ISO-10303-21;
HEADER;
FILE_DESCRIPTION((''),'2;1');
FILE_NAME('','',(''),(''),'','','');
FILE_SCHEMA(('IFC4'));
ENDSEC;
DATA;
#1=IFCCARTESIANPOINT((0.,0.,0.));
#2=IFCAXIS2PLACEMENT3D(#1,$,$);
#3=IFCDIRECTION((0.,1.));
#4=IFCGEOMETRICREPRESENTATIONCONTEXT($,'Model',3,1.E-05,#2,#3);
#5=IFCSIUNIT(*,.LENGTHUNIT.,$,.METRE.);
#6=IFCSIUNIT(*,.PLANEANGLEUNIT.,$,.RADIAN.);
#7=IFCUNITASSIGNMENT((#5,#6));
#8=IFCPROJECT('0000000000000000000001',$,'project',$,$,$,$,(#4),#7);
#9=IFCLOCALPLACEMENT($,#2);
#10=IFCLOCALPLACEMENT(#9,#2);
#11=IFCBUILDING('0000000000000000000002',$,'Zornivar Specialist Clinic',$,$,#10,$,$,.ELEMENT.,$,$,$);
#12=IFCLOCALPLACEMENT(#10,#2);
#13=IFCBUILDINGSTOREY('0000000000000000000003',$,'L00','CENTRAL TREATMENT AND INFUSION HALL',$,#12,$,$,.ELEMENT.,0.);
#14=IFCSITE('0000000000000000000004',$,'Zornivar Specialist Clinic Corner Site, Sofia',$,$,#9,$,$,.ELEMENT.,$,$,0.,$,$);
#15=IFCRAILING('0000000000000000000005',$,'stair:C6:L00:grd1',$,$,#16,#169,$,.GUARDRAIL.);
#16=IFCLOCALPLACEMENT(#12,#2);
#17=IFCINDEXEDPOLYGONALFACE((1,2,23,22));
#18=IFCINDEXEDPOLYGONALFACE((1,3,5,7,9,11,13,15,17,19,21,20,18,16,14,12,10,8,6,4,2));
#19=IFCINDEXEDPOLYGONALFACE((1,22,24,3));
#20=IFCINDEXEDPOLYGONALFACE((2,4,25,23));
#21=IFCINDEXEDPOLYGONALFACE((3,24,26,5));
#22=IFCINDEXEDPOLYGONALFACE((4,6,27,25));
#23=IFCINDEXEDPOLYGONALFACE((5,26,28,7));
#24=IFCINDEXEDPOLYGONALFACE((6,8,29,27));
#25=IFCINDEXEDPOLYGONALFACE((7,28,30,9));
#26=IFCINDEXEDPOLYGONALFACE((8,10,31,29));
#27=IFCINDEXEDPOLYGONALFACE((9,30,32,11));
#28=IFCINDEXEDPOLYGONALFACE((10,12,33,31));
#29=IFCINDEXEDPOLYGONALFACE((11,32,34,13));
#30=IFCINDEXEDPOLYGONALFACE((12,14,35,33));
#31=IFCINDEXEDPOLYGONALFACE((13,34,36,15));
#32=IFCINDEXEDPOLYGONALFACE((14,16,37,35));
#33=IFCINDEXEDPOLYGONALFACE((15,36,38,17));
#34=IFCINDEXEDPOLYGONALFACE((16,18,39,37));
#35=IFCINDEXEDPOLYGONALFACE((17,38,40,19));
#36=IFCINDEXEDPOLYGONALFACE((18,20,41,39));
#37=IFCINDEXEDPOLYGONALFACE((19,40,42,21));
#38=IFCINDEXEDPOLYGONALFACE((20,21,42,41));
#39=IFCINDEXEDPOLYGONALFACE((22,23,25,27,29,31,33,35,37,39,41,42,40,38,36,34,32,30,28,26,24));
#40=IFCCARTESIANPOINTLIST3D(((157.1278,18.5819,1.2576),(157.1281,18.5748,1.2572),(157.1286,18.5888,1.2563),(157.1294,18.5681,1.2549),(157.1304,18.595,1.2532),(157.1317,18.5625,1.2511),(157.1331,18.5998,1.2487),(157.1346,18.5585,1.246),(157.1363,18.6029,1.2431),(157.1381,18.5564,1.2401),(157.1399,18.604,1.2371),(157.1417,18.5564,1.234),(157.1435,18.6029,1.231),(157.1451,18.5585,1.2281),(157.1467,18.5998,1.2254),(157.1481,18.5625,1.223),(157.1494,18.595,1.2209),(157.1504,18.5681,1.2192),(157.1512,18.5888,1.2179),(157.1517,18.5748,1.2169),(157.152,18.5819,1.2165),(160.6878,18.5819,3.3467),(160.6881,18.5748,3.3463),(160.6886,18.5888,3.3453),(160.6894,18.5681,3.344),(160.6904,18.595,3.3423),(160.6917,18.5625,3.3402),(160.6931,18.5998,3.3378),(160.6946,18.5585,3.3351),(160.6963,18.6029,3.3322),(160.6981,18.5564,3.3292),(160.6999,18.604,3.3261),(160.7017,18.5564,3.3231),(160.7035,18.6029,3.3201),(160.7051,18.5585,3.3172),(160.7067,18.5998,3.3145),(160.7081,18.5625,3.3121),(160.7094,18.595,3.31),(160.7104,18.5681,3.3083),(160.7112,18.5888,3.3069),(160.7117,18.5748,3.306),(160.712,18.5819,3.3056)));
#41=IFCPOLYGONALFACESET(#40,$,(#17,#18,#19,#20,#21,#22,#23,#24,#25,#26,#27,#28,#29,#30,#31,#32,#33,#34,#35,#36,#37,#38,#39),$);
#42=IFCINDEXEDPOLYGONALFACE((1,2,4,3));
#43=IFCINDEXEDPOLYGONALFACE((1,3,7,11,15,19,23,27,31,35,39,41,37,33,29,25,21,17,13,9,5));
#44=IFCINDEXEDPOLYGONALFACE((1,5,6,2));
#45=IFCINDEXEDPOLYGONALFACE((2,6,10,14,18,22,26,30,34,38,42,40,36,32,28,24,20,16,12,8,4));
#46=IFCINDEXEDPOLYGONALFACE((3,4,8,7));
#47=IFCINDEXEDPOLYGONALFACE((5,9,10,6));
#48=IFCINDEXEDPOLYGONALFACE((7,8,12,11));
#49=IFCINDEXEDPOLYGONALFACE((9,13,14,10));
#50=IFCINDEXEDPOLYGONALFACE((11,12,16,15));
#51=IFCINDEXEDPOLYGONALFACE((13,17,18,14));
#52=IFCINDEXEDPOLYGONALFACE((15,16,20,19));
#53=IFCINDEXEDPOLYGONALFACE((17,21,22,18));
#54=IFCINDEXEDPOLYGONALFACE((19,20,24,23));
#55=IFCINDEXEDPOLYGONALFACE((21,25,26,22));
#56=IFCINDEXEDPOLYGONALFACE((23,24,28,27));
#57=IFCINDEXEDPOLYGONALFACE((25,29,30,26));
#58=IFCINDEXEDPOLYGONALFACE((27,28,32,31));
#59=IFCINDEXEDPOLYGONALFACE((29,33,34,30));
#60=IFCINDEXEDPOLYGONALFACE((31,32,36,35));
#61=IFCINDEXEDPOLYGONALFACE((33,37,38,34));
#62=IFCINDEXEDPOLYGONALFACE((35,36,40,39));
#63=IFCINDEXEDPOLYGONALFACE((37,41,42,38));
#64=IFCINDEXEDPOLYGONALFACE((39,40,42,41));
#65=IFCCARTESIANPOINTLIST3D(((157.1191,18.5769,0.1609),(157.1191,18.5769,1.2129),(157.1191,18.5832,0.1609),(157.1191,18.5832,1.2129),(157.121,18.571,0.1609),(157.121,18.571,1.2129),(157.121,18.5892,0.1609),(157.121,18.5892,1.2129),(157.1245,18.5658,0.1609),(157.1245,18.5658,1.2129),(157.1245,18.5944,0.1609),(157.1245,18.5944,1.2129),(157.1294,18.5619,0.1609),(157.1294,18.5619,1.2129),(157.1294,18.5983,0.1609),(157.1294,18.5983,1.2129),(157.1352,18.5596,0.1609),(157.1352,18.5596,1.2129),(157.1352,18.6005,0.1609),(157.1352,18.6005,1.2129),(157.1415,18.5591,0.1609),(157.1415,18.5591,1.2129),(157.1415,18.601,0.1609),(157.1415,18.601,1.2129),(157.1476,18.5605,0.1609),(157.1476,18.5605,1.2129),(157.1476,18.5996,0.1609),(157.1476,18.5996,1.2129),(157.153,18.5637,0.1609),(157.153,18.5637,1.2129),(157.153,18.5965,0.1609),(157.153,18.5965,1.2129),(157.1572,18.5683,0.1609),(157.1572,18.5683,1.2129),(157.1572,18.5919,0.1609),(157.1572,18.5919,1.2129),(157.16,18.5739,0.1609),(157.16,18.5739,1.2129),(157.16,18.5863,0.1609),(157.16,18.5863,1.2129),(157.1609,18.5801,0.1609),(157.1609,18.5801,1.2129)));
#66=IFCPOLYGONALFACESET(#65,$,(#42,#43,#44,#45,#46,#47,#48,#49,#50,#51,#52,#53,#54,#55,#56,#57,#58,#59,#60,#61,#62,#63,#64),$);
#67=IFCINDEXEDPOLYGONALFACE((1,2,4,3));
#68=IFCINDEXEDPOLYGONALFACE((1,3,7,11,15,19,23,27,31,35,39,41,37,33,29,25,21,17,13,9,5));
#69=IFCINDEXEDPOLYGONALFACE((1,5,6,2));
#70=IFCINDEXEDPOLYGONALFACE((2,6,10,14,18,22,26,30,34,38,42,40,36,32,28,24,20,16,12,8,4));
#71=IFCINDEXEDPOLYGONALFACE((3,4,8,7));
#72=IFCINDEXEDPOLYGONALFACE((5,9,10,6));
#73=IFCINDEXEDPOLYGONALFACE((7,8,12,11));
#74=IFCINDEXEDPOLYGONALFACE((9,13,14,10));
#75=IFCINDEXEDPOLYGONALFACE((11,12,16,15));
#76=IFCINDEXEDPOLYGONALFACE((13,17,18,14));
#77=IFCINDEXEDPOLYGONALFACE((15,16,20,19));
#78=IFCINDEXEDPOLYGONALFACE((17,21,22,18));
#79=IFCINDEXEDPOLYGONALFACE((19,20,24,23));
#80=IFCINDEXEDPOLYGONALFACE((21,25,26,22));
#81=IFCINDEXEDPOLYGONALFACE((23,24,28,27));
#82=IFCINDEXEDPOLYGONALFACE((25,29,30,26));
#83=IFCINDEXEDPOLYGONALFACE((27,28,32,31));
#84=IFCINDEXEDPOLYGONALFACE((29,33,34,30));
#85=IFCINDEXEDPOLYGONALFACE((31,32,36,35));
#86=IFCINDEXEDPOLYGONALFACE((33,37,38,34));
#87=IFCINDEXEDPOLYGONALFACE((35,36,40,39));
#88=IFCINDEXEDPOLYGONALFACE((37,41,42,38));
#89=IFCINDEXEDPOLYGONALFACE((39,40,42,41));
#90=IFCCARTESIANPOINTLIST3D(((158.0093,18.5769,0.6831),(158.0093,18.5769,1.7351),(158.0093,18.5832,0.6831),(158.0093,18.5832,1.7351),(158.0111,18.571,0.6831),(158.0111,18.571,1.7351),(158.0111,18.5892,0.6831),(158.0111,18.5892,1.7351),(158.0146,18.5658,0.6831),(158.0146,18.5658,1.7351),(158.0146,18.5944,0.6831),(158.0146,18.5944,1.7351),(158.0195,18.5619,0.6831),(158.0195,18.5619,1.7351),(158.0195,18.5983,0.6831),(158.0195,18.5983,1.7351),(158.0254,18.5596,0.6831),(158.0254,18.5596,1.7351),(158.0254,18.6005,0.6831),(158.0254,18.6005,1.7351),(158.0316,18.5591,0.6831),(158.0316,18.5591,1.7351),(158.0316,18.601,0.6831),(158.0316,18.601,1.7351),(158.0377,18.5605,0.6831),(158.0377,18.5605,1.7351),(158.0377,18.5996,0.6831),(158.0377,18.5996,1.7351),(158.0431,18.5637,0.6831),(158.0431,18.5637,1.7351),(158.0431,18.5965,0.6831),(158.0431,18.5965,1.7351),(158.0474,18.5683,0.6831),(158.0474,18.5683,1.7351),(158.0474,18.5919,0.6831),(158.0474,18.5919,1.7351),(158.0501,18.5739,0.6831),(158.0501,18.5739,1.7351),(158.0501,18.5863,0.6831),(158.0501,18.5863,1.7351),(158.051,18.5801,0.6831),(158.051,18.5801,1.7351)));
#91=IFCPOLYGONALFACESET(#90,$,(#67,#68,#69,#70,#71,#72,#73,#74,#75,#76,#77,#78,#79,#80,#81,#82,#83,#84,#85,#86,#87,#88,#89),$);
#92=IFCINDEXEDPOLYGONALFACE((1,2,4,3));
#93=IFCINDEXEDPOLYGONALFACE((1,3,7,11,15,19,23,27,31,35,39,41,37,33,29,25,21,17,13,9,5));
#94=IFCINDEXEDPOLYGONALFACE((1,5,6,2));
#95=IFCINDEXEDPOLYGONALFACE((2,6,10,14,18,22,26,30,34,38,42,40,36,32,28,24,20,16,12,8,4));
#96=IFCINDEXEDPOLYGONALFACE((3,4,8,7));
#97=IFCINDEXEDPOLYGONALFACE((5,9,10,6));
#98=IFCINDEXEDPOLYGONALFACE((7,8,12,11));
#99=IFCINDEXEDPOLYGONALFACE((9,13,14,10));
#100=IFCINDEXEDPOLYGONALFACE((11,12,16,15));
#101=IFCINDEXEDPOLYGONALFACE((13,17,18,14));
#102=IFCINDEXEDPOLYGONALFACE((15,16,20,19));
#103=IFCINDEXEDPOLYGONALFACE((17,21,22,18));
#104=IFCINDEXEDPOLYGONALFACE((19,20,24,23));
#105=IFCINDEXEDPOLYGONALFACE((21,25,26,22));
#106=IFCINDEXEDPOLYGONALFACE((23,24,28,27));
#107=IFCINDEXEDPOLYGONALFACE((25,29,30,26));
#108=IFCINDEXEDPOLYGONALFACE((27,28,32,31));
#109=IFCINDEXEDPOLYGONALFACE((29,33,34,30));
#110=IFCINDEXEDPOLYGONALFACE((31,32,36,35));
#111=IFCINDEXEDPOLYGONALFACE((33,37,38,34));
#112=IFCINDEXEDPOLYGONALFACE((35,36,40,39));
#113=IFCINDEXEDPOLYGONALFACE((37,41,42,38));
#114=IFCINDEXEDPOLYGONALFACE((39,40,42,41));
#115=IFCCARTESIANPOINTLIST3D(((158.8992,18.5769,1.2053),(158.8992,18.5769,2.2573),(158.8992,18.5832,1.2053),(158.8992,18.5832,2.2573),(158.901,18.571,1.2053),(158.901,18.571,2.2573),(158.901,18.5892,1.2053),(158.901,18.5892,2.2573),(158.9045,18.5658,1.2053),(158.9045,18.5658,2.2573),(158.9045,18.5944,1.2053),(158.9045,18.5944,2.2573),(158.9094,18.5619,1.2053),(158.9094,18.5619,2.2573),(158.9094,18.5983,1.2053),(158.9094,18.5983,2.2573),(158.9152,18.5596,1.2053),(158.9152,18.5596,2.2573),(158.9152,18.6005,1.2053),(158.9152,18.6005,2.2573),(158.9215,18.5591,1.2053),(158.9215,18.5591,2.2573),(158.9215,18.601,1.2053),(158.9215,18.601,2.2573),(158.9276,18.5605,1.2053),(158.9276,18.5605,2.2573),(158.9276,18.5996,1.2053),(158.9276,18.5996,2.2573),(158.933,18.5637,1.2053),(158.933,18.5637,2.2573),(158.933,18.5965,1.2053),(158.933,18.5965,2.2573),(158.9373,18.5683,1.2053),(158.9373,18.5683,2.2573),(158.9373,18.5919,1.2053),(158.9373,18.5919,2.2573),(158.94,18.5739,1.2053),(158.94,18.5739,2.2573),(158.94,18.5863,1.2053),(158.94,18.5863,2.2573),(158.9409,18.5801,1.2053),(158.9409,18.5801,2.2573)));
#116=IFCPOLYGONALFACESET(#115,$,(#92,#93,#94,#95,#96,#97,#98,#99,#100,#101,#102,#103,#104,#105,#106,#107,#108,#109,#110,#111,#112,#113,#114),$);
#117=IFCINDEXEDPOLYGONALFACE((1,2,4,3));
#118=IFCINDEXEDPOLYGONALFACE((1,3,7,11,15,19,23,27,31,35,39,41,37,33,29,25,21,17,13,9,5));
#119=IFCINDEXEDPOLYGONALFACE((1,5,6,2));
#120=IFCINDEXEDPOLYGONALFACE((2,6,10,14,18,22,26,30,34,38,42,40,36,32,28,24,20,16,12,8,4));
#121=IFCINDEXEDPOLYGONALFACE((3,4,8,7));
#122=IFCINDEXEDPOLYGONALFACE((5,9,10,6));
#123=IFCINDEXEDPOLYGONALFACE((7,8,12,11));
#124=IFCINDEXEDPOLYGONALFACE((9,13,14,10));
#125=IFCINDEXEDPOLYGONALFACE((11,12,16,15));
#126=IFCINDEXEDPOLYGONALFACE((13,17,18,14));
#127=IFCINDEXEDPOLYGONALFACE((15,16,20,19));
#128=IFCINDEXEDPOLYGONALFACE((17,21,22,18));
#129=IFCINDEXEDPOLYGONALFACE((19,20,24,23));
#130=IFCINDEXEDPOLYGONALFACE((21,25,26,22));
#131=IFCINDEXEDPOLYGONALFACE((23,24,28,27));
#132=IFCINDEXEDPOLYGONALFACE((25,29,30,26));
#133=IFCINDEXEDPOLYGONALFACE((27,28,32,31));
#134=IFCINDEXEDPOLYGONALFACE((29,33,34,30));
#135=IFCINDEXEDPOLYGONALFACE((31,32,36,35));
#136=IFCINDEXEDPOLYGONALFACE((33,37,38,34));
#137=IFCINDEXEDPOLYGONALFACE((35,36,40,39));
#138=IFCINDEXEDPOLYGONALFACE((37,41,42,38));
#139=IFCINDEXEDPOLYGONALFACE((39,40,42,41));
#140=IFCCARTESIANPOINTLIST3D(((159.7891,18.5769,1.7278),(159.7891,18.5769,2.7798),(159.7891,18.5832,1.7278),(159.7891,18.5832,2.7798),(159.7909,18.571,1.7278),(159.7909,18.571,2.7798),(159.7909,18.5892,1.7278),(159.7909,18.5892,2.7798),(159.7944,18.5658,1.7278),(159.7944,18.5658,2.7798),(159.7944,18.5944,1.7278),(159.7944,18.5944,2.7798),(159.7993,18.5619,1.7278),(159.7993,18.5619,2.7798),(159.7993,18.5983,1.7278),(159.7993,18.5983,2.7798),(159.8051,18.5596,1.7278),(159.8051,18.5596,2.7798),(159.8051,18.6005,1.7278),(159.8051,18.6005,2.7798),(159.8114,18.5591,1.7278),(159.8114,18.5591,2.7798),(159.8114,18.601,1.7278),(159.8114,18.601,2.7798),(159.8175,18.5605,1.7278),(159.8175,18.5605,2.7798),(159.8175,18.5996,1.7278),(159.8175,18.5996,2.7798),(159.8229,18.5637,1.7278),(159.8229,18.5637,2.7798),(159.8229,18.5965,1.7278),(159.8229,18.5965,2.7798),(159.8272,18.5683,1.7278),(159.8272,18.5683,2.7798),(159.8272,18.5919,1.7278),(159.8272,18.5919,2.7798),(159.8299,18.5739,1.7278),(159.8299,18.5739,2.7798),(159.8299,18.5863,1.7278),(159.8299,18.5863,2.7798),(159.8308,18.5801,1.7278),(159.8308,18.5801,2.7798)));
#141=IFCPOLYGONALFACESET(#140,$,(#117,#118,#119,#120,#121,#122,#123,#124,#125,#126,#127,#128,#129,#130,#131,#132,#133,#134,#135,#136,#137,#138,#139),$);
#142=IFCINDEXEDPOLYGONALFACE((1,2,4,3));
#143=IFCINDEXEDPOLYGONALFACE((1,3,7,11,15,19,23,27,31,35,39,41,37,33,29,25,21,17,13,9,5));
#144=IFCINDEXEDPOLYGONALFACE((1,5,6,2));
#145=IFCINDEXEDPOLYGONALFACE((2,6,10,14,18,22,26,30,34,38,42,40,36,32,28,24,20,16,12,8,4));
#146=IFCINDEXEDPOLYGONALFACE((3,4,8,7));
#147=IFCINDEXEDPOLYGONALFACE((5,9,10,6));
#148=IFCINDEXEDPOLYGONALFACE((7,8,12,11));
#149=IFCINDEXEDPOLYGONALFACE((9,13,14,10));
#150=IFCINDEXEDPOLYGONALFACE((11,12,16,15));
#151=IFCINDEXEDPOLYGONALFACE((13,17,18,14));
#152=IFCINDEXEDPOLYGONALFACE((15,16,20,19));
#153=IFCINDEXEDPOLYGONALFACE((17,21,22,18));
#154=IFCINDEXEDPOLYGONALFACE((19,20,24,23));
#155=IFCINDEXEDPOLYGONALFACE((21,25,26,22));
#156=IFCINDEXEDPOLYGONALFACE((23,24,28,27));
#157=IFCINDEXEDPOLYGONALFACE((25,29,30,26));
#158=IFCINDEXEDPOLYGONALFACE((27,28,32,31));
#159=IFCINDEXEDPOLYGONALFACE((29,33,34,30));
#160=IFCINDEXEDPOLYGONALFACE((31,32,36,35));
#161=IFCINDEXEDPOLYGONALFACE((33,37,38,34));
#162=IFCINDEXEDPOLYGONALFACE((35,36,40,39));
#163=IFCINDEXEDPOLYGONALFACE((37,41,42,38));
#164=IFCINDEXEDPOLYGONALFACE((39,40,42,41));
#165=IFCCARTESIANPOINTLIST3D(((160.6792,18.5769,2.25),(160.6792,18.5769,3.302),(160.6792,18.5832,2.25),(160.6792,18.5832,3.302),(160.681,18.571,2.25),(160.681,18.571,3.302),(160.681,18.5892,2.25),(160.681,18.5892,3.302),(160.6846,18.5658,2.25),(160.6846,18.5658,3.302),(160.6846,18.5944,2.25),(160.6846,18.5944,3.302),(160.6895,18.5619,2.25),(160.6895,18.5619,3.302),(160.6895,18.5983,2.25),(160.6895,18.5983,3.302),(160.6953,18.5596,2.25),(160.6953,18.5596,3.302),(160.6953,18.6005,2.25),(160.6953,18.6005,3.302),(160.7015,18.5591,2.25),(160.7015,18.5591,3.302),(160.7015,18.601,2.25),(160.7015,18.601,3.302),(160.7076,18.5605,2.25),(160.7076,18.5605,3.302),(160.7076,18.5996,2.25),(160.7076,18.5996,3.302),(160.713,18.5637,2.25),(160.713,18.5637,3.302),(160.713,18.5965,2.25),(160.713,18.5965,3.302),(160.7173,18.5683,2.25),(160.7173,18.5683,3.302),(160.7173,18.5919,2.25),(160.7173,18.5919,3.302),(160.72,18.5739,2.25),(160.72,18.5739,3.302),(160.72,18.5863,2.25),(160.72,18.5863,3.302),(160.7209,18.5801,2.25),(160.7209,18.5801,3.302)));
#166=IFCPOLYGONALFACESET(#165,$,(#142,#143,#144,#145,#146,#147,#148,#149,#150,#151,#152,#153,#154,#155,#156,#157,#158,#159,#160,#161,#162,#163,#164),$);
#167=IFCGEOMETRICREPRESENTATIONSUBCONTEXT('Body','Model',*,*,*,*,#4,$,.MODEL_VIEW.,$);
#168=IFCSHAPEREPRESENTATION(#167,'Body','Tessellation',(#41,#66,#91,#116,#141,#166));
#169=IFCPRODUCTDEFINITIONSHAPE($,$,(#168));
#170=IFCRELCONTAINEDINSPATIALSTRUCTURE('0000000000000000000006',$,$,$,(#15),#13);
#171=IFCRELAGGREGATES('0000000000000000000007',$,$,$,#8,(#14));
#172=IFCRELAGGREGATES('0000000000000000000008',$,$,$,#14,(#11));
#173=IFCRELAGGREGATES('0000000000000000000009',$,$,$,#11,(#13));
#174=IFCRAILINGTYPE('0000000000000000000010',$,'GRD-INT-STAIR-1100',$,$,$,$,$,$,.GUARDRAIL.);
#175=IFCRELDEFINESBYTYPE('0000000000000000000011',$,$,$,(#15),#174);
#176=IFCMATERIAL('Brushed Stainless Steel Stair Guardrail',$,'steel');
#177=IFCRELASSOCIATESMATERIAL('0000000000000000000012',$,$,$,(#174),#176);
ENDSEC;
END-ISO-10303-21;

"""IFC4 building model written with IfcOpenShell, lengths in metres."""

from ifc_helpers import new_model, si_unit, direction, frame, origin, origin_2d, place, context, subcontext, project, spatial, circle, extrude, material, type_object, element, save


model = new_model("IFC4")

# Units and contexts
model_context = context("Model", 3, precision=1e-05, world=origin(), true_north=direction((0.0, 1.0)))
body_context = subcontext(model_context, "Body", "Model", "MODEL_VIEW")
ifc_project = project(units=[si_unit("LENGTHUNIT", "METRE"), si_unit("PLANEANGLEUNIT", "RADIAN")], contexts=[model_context])

# Site, building, storey
site_placement = place(None, origin())
site = spatial("IfcSite", under=ifc_project, at=site_placement, Name="Zornivar Specialist Clinic Corner Site, Sofia", CompositionType="ELEMENT", RefElevation=0.0)
building_placement = place(site_placement, origin())
building = spatial("IfcBuilding", under=site, at=building_placement, Name="Zornivar Specialist Clinic", CompositionType="ELEMENT")
storey_placement = place(building_placement, origin())
storey = spatial("IfcBuildingStorey", under=building, at=storey_placement, Name="L00", Description="CENTRAL TREATMENT AND INFUSION HALL", CompositionType="ELEMENT", Elevation=0.0)

# Railing
ifc_material_1 = material(Name="Brushed Stainless Steel Stair Guardrail", Category="steel")
railing_type_1 = type_object("IfcRailingType", Name="GRD-INT-STAIR-1100", PredefinedType="GUARDRAIL", material=ifc_material_1)
railing_1_placement = place(storey_placement, frame((157.1399, 18.5801, 0.1609)))
element("IfcRailing", 1, at=railing_1_placement, inside=storey, type_object=railing_type_1, Name="stair:C6:L00:grd1", PredefinedType="GUARDRAIL", context=body_context, shape_type="SweptSolid", body=[
    extrude(circle(Radius=0.0239, at=origin_2d()), frame((0.0, 0.0, 1.0762), z_axis=(0.862467, 0.0, 0.506113), x_axis=(0.0, 1.0, 0.0)), (0.0, 0.0, 1.0), 4.1277),
    extrude(circle(Radius=0.021, at=origin_2d()), origin(), (0.0, 0.0, 1.0), 1.052),
    extrude(circle(Radius=0.021, at=origin_2d()), frame((0.8901, 0.0, 0.5222)), (0.0, 0.0, 1.0), 1.052),
    extrude(circle(Radius=0.021, at=origin_2d()), frame((1.78, 0.0, 1.0444)), (0.0, 0.0, 1.0), 1.052),
    extrude(circle(Radius=0.021, at=origin_2d()), frame((2.6699, 0.0, 1.5669)), (0.0, 0.0, 1.0), 1.052),
    extrude(circle(Radius=0.021, at=origin_2d()), frame((3.5601, 0.0, 2.0891)), (0.0, 0.0, 1.0), 1.052),
])

save(model, "model.ifc")
